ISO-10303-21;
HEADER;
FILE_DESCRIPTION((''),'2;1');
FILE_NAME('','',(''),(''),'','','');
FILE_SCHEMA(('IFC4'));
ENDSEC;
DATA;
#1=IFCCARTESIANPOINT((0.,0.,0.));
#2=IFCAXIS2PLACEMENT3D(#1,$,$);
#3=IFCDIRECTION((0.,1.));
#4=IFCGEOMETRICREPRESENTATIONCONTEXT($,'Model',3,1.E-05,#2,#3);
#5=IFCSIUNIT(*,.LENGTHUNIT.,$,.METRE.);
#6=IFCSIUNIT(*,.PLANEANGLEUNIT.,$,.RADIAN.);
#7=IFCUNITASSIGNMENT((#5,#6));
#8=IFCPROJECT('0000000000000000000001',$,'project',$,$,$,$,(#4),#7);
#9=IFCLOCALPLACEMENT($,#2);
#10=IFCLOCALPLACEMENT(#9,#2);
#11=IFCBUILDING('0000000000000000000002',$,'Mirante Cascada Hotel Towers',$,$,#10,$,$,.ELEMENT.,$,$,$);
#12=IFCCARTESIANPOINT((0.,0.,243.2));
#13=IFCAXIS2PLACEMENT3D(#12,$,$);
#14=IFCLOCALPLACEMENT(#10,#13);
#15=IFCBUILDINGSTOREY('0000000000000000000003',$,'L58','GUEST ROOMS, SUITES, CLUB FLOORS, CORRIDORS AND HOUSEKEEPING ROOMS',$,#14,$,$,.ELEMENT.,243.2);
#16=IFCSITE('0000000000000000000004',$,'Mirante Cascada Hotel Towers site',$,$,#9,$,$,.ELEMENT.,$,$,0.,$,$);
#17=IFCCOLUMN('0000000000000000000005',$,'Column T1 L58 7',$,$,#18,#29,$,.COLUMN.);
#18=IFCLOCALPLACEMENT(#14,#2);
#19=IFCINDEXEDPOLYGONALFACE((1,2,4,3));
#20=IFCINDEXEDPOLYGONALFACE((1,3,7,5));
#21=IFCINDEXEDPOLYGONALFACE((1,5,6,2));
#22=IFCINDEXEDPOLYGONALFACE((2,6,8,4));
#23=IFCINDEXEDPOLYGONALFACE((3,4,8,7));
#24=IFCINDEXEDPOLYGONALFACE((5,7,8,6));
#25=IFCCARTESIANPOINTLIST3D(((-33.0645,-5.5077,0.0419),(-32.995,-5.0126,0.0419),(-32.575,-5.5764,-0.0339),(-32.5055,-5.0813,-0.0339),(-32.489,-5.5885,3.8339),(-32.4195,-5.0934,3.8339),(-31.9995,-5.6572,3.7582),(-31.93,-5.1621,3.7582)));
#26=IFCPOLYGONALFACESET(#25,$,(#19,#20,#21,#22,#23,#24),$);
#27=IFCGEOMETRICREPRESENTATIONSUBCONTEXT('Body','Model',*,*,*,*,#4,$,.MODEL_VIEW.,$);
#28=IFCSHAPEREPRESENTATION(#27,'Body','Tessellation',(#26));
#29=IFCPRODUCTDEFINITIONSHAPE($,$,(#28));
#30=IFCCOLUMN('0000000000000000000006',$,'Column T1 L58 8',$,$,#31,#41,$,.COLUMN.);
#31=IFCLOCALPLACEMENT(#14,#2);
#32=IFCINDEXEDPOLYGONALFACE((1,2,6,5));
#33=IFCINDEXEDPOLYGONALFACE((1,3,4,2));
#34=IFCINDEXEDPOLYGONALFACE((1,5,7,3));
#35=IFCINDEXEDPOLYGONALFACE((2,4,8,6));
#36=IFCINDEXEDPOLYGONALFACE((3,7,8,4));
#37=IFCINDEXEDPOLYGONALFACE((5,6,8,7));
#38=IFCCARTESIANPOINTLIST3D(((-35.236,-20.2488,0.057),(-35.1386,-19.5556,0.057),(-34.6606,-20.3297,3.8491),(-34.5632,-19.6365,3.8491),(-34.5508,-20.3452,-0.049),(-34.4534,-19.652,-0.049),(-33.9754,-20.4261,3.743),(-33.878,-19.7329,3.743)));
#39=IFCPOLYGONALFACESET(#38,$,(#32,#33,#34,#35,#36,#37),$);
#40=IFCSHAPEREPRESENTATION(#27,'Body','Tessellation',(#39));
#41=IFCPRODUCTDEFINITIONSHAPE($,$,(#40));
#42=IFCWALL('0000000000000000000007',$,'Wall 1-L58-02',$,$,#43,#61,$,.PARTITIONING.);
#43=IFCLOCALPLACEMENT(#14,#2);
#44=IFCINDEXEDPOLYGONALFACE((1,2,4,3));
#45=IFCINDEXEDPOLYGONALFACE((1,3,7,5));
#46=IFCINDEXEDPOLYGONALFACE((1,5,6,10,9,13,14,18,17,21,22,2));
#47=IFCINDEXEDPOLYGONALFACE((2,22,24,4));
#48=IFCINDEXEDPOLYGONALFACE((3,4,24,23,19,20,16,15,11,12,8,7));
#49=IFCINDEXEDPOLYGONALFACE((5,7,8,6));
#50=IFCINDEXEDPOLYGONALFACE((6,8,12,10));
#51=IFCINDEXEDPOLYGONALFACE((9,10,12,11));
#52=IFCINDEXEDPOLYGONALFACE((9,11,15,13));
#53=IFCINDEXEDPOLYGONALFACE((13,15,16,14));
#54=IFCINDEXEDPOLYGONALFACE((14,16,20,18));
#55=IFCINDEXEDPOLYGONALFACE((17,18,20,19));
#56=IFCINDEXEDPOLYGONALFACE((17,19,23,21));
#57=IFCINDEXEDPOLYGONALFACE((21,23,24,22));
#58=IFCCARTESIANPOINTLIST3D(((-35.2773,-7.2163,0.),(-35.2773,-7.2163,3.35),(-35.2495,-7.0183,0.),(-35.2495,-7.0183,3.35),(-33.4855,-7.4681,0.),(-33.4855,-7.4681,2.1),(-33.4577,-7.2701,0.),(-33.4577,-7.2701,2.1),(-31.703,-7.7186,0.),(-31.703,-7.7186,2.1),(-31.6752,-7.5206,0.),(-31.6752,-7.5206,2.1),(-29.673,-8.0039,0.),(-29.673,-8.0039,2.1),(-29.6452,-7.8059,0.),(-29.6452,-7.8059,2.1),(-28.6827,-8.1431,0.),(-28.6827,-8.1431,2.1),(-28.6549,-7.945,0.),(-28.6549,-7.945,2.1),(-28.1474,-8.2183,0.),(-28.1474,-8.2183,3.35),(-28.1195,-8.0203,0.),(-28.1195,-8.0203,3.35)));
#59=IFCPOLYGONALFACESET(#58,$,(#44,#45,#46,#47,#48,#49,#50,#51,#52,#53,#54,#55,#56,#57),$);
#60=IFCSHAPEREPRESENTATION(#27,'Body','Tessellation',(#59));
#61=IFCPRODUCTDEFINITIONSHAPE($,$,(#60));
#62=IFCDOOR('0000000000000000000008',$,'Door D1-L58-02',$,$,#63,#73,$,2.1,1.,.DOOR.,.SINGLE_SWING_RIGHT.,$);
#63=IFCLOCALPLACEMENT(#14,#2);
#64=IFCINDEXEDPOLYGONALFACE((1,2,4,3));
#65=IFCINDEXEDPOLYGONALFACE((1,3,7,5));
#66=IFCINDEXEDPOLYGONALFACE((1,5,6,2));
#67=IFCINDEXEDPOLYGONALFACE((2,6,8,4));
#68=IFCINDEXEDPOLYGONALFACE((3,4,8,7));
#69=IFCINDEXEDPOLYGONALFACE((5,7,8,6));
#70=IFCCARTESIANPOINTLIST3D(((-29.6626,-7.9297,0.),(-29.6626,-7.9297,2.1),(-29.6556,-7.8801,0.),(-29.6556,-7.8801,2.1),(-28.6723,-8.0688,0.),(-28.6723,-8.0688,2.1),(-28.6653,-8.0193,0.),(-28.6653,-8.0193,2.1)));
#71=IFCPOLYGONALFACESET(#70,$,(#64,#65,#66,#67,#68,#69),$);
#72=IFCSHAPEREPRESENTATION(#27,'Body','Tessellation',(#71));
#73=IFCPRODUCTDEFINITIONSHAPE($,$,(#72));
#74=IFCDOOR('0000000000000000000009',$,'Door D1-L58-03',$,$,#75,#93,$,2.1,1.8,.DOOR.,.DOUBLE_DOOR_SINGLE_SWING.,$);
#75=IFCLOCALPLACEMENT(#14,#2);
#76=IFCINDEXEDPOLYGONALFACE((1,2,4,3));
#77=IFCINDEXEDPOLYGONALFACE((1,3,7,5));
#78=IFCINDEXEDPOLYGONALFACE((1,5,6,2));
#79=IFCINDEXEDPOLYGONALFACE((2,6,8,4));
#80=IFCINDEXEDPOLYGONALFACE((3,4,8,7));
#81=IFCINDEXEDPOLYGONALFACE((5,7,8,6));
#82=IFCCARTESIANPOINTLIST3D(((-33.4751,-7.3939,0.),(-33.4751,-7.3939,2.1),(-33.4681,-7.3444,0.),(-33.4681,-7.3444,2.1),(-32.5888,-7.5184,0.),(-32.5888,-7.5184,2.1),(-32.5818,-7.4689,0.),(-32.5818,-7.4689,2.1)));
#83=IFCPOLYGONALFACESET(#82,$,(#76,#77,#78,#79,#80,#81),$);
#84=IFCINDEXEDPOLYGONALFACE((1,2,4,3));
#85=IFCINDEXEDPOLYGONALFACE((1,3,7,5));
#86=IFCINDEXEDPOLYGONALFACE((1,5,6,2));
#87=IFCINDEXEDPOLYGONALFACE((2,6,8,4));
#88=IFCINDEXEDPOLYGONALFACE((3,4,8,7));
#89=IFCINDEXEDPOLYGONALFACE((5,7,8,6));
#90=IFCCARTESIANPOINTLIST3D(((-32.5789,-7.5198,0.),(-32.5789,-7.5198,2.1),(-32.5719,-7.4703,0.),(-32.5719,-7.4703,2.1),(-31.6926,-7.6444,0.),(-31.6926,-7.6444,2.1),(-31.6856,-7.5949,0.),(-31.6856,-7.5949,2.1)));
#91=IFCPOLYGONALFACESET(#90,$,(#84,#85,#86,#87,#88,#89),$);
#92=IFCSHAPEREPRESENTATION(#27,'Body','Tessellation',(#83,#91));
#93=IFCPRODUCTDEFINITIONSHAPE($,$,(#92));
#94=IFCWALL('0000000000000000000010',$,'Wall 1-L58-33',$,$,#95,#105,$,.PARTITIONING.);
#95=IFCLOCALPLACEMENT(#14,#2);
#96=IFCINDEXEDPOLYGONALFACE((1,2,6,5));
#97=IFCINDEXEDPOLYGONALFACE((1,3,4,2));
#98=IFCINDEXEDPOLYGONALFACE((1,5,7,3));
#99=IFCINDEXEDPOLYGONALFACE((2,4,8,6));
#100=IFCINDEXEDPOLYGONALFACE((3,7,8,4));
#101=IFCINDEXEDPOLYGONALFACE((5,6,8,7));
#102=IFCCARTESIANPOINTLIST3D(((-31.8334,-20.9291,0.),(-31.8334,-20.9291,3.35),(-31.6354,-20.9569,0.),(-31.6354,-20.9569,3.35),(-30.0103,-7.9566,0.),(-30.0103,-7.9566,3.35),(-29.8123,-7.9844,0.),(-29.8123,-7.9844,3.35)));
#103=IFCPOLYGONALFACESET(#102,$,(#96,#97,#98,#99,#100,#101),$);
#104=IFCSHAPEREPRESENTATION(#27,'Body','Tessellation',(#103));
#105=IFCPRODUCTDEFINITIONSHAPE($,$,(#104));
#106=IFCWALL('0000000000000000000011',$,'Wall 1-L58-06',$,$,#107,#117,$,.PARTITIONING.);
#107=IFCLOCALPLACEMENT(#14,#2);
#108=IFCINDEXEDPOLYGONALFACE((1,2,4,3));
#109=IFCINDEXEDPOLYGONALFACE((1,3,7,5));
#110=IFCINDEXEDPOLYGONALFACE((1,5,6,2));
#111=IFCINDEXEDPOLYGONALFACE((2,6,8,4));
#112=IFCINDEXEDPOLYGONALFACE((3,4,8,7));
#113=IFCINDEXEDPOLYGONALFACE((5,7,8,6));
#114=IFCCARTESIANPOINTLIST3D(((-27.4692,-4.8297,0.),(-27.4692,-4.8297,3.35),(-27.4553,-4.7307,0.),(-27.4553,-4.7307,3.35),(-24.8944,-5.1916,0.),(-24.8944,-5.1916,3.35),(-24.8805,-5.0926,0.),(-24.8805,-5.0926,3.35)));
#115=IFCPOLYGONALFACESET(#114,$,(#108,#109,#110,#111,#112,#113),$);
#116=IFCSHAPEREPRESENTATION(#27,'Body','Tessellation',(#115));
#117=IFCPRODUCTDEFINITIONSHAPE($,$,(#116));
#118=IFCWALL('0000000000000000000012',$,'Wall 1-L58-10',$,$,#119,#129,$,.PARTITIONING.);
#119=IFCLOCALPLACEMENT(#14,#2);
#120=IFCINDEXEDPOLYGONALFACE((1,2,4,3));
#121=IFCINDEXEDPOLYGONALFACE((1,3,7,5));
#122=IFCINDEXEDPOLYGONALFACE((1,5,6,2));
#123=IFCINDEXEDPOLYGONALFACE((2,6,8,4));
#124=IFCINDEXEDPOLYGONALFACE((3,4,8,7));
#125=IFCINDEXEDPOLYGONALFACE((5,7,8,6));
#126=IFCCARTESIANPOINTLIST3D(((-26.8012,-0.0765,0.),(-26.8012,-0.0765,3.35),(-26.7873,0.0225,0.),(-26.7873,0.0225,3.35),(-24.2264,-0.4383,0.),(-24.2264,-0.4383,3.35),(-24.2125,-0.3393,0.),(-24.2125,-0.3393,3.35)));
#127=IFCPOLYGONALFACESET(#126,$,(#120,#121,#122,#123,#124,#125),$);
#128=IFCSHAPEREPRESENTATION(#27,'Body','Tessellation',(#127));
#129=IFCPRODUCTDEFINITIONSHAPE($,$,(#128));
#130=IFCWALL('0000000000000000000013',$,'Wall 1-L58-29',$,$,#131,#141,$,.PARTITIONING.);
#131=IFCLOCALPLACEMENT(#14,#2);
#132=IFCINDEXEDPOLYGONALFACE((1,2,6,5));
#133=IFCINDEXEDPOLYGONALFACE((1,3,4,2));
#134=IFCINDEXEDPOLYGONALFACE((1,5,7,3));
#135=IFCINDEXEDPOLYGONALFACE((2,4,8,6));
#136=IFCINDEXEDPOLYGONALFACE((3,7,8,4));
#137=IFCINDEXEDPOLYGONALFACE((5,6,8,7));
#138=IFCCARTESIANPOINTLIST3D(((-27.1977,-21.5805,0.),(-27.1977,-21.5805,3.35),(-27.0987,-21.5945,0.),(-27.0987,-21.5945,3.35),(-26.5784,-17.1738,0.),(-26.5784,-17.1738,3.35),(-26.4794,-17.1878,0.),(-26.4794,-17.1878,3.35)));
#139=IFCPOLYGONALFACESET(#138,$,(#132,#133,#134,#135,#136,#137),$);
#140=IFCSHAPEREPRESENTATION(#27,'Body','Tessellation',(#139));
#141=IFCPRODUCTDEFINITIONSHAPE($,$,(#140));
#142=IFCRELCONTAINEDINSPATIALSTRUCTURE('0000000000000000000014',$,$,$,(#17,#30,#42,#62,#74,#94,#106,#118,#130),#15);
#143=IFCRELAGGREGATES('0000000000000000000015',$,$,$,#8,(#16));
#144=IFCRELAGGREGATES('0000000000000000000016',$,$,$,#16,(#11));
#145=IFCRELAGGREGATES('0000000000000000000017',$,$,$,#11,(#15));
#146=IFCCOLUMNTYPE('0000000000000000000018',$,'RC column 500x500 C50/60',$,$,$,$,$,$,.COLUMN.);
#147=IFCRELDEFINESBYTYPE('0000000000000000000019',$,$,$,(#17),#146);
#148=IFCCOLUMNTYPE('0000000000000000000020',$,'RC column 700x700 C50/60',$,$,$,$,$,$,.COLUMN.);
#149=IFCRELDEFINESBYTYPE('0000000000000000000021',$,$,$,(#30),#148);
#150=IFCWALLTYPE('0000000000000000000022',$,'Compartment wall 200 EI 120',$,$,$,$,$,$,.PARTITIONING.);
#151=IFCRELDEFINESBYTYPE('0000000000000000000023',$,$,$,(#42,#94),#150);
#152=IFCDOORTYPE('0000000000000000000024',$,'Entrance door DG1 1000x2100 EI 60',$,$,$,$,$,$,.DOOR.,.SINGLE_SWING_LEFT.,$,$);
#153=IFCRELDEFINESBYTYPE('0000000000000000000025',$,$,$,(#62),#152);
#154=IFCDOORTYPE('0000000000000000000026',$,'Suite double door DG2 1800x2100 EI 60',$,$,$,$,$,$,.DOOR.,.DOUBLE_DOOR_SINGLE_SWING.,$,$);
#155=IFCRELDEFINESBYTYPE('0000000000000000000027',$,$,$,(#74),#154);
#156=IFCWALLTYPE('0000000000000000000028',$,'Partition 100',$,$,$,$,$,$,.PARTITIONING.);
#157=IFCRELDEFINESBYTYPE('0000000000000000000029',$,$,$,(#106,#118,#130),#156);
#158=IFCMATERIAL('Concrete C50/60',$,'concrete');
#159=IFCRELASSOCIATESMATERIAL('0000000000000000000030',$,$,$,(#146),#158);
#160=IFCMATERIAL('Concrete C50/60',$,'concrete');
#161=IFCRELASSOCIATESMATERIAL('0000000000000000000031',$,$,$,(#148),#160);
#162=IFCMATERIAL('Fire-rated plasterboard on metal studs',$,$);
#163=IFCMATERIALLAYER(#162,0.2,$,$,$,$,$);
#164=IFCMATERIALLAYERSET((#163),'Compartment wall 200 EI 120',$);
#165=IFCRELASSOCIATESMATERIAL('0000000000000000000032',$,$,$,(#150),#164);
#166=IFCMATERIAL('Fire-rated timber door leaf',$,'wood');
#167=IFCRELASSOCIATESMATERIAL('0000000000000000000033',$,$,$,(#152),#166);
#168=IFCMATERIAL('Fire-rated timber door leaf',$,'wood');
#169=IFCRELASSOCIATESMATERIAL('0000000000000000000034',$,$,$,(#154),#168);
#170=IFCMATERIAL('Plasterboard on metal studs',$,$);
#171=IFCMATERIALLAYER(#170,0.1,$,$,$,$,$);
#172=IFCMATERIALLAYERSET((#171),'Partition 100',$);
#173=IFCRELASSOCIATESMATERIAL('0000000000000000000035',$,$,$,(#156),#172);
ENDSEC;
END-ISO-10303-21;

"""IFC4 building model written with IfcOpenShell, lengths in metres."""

from ifc_helpers import new_model, si_unit, direction, frame, frame_2d, origin, origin_2d, place, context, subcontext, project, spatial, rectangle, extrude, material, layer, layer_set, material_profile, profile_set, type_object, element, fill, save


model = new_model("IFC4")

# Units and contexts
model_context = context("Model", 3, precision=1e-05, world=origin(), true_north=direction((0.0, 1.0)))
body_context = subcontext(model_context, "Body", "Model", "MODEL_VIEW")
ifc_project = project(units=[si_unit("LENGTHUNIT", "METRE"), si_unit("PLANEANGLEUNIT", "RADIAN")], contexts=[model_context])

# Site, building, storey
site_placement = place(None, origin())
site = spatial("IfcSite", under=ifc_project, at=site_placement, Name="Mirante Cascada Hotel Towers site", CompositionType="ELEMENT", RefElevation=0.0)
building_placement = place(site_placement, origin())
building = spatial("IfcBuilding", under=site, at=building_placement, Name="Mirante Cascada Hotel Towers", CompositionType="ELEMENT")
storey_placement = place(building_placement, frame((0.0, 0.0, 243.2)))
storey = spatial("IfcBuildingStorey", under=building, at=storey_placement, Name="L58", Description="GUEST ROOMS, SUITES, CLUB FLOORS, CORRIDORS AND HOUSEKEEPING ROOMS", CompositionType="ELEMENT", Elevation=243.2)

# Columns
ifc_material_1 = material(Name="Concrete C50/60", Category="concrete")
ifc_material_profile_1 = material_profile(ifc_material_1, rectangle(XDim=0.5, YDim=0.5, at=origin_2d()), Name="RC column 500x500 C50/60")
ifc_profile_set_1 = profile_set([ifc_material_profile_1], Name="Concrete C50/60")
column_type_1 = type_object("IfcColumnType", Name="RC column 500x500 C50/60", PredefinedType="COLUMN", material=ifc_profile_set_1)
column_1_placement = place(storey_placement, frame((-32.785, -5.2945, 0.004), z_axis=(0.150015, -0.021062, 0.988459), x_axis=(0.139036, 0.990287, 0.0)))
element("IfcColumn", 1, at=column_1_placement, inside=storey, type_object=column_type_1, Name="Column T1 L58 7", PredefinedType="COLUMN", context=body_context, shape_type="SweptSolid", body=[
    extrude(rectangle(XDim=0.5, YDim=0.5, at=origin_2d()), origin(), (0.0, 0.0, 1.0), 3.8363),
])
ifc_material_2 = material(Name="Concrete C50/60", Category="concrete")
ifc_material_profile_2 = material_profile(ifc_material_2, rectangle(XDim=0.7, YDim=0.7, at=origin_2d()), Name="RC column 700x700 C50/60")
ifc_profile_set_2 = profile_set([ifc_material_profile_2], Name="Concrete C50/60")
column_type_2 = type_object("IfcColumnType", Name="RC column 700x700 C50/60", PredefinedType="COLUMN", material=ifc_profile_set_2)
column_2_placement = place(storey_placement, frame((-34.8447, -19.9504, 0.004), z_axis=(0.14999, -0.021088, 0.988463), x_axis=(0.139229, 0.99026, 0.0)))
element("IfcColumn", 2, at=column_2_placement, inside=storey, type_object=column_type_2, Name="Column T1 L58 8", PredefinedType="COLUMN", context=body_context, shape_type="SweptSolid", body=[
    extrude(rectangle(XDim=0.7, YDim=0.7, at=origin_2d()), origin(), (0.0, 0.0, 1.0), 3.8363),
])

# Wall, openings, doors
ifc_material_3 = material(Name="Fire-rated plasterboard on metal studs")
ifc_layer_1 = layer(ifc_material_3, 0.2)
ifc_layer_set_1 = layer_set([ifc_layer_1], Name="Compartment wall 200 EI 120")
wall_type_1 = type_object("IfcWallType", Name="Compartment wall 200 EI 120", PredefinedType="PARTITIONING", material=ifc_layer_set_1)
wall_1_placement = place(storey_placement, frame((-35.2634, -7.1173, 0.0), z_axis=(0.0, 0.0, 1.0), x_axis=(0.990269, -0.139167, 0.0)))
wall_1 = element("IfcWall", 3, at=wall_1_placement, inside=storey, type_object=wall_type_1, Name="Wall 1-L58-02", PredefinedType="PARTITIONING", context=body_context, shape_type="SweptSolid", body=[
    extrude(rectangle(XDim=7.2, YDim=0.2, at=frame_2d((3.6, 0.0))), origin(), (0.0, 0.0, 1.0), 3.35),
])
opening_1_placement = place(wall_1_placement, frame((5.6594, 0.0, 0.0)))
opening_1 = element("IfcOpeningElement", 4, at=opening_1_placement, cuts=wall_1, PredefinedType="OPENING", context=body_context, shape_type="SweptSolid", body=[
    extrude(rectangle(XDim=1.0, YDim=2.1, at=frame_2d((0.5, 1.05))), frame((0.0, 0.1, 0.0), z_axis=(0.0, -1.0, 0.0), x_axis=(1.0, 0.0, 0.0)), (0.0, 0.0, 1.0), 0.2),
])
opening_2_placement = place(wall_1_placement, frame((1.8094, 0.0, 0.0)))
opening_2 = element("IfcOpeningElement", 5, at=opening_2_placement, cuts=wall_1, PredefinedType="OPENING", context=body_context, shape_type="SweptSolid", body=[
    extrude(rectangle(XDim=1.8, YDim=2.1, at=frame_2d((0.9, 1.05))), frame((0.0, 0.1, 0.0), z_axis=(0.0, -1.0, 0.0), x_axis=(1.0, 0.0, 0.0)), (0.0, 0.0, 1.0), 0.2),
])
ifc_material_4 = material(Name="Fire-rated timber door leaf", Category="wood")
door_type_1 = type_object("IfcDoorType", Name="Entrance door DG1 1000x2100 EI 60", OperationType="SINGLE_SWING_LEFT", PredefinedType="DOOR", material=ifc_material_4)
door_1_placement = place(opening_1_placement, frame((1.0, 0.0, 0.0), z_axis=(0.0, 0.0, 1.0), x_axis=(-1.0, 0.0, 0.0)))
door_1 = element("IfcDoor", 6, at=door_1_placement, inside=storey, type_object=door_type_1, Name="Door D1-L58-02", OperationType="SINGLE_SWING_RIGHT", OverallHeight=2.1, OverallWidth=1.0, PredefinedType="DOOR", context=body_context, shape_type="SweptSolid", body=[
    extrude(rectangle(XDim=1.0, YDim=2.1, at=frame_2d((0.5, 1.05))), frame((0.0, 0.025, 0.0), z_axis=(0.0, -1.0, 0.0), x_axis=(1.0, 0.0, 0.0)), (0.0, 0.0, 1.0), 0.05),
])
fill(opening_1, door_1)
ifc_material_5 = material(Name="Fire-rated timber door leaf", Category="wood")
door_type_2 = type_object("IfcDoorType", Name="Suite double door DG2 1800x2100 EI 60", OperationType="DOUBLE_DOOR_SINGLE_SWING", PredefinedType="DOOR", material=ifc_material_5)
door_2_placement = place(opening_2_placement, origin())
door_2 = element("IfcDoor", 7, at=door_2_placement, inside=storey, type_object=door_type_2, Name="Door D1-L58-03", OperationType="DOUBLE_DOOR_SINGLE_SWING", OverallHeight=2.1, OverallWidth=1.8, PredefinedType="DOOR", context=body_context, shape_type="SweptSolid", body=[
    extrude(rectangle(XDim=0.895, YDim=2.1, at=frame_2d((0.4475, 1.05))), frame((0.0, 0.025, 0.0), z_axis=(0.0, -1.0, 0.0), x_axis=(1.0, 0.0, 0.0)), (0.0, 0.0, 1.0), 0.05),
    extrude(rectangle(XDim=0.895, YDim=2.1, at=frame_2d((1.3525, 1.05))), frame((0.0, 0.025, 0.0), z_axis=(0.0, -1.0, 0.0), x_axis=(1.0, 0.0, 0.0)), (0.0, 0.0, 1.0), 0.05),
])
fill(opening_2, door_2)

# Walls
wall_2_placement = place(storey_placement, frame((-31.7344, -20.943, 0.0), z_axis=(0.0, 0.0, 1.0), x_axis=(0.139168, 0.990269, 0.0)))
element("IfcWall", 8, at=wall_2_placement, inside=storey, type_object=wall_type_1, Name="Wall 1-L58-33", PredefinedType="PARTITIONING", context=body_context, shape_type="SweptSolid", body=[
    extrude(rectangle(XDim=13.1, YDim=0.2, at=frame_2d((6.55, 0.0))), origin(), (0.0, 0.0, 1.0), 3.35),
])
ifc_material_6 = material(Name="Plasterboard on metal studs")
ifc_layer_2 = layer(ifc_material_6, 0.1)
ifc_layer_set_2 = layer_set([ifc_layer_2], Name="Partition 100")
wall_type_2 = type_object("IfcWallType", Name="Partition 100", PredefinedType="PARTITIONING", material=ifc_layer_set_2)
for number, where, z_axis, x_axis, name in (
    (9, (-27.4622, -4.7802, 0.0), (0.0, 0.0, 1.0), (0.990266, -0.139186, 0.0), "Wall 1-L58-06"),
    (10, (-26.7942, -0.027, 0.0), (0.0, 0.0, 1.0), (0.990271, -0.139149, 0.0), "Wall 1-L58-10"),
):
    element("IfcWall", number, at=place(storey_placement, frame(where, z_axis=z_axis, x_axis=x_axis)), inside=storey, type_object=wall_type_2, Name=name, PredefinedType="PARTITIONING", context=body_context, shape_type="SweptSolid", body=[
        extrude(rectangle(XDim=2.6001, YDim=0.1, at=frame_2d((1.3, 0.0))), origin(), (0.0, 0.0, 1.0), 3.35),
    ])
wall_3_placement = place(storey_placement, frame((-27.1482, -21.5875, 0.0), z_axis=(0.0, 0.0, 1.0), x_axis=(0.139168, 0.990269, 0.0)))
element("IfcWall", 11, at=wall_3_placement, inside=storey, type_object=wall_type_2, Name="Wall 1-L58-29", PredefinedType="PARTITIONING", context=body_context, shape_type="SweptSolid", body=[
    extrude(rectangle(XDim=4.45, YDim=0.1, at=frame_2d((2.225, 0.0))), origin(), (0.0, 0.0, 1.0), 3.35),
])

save(model, "model.ifc")
